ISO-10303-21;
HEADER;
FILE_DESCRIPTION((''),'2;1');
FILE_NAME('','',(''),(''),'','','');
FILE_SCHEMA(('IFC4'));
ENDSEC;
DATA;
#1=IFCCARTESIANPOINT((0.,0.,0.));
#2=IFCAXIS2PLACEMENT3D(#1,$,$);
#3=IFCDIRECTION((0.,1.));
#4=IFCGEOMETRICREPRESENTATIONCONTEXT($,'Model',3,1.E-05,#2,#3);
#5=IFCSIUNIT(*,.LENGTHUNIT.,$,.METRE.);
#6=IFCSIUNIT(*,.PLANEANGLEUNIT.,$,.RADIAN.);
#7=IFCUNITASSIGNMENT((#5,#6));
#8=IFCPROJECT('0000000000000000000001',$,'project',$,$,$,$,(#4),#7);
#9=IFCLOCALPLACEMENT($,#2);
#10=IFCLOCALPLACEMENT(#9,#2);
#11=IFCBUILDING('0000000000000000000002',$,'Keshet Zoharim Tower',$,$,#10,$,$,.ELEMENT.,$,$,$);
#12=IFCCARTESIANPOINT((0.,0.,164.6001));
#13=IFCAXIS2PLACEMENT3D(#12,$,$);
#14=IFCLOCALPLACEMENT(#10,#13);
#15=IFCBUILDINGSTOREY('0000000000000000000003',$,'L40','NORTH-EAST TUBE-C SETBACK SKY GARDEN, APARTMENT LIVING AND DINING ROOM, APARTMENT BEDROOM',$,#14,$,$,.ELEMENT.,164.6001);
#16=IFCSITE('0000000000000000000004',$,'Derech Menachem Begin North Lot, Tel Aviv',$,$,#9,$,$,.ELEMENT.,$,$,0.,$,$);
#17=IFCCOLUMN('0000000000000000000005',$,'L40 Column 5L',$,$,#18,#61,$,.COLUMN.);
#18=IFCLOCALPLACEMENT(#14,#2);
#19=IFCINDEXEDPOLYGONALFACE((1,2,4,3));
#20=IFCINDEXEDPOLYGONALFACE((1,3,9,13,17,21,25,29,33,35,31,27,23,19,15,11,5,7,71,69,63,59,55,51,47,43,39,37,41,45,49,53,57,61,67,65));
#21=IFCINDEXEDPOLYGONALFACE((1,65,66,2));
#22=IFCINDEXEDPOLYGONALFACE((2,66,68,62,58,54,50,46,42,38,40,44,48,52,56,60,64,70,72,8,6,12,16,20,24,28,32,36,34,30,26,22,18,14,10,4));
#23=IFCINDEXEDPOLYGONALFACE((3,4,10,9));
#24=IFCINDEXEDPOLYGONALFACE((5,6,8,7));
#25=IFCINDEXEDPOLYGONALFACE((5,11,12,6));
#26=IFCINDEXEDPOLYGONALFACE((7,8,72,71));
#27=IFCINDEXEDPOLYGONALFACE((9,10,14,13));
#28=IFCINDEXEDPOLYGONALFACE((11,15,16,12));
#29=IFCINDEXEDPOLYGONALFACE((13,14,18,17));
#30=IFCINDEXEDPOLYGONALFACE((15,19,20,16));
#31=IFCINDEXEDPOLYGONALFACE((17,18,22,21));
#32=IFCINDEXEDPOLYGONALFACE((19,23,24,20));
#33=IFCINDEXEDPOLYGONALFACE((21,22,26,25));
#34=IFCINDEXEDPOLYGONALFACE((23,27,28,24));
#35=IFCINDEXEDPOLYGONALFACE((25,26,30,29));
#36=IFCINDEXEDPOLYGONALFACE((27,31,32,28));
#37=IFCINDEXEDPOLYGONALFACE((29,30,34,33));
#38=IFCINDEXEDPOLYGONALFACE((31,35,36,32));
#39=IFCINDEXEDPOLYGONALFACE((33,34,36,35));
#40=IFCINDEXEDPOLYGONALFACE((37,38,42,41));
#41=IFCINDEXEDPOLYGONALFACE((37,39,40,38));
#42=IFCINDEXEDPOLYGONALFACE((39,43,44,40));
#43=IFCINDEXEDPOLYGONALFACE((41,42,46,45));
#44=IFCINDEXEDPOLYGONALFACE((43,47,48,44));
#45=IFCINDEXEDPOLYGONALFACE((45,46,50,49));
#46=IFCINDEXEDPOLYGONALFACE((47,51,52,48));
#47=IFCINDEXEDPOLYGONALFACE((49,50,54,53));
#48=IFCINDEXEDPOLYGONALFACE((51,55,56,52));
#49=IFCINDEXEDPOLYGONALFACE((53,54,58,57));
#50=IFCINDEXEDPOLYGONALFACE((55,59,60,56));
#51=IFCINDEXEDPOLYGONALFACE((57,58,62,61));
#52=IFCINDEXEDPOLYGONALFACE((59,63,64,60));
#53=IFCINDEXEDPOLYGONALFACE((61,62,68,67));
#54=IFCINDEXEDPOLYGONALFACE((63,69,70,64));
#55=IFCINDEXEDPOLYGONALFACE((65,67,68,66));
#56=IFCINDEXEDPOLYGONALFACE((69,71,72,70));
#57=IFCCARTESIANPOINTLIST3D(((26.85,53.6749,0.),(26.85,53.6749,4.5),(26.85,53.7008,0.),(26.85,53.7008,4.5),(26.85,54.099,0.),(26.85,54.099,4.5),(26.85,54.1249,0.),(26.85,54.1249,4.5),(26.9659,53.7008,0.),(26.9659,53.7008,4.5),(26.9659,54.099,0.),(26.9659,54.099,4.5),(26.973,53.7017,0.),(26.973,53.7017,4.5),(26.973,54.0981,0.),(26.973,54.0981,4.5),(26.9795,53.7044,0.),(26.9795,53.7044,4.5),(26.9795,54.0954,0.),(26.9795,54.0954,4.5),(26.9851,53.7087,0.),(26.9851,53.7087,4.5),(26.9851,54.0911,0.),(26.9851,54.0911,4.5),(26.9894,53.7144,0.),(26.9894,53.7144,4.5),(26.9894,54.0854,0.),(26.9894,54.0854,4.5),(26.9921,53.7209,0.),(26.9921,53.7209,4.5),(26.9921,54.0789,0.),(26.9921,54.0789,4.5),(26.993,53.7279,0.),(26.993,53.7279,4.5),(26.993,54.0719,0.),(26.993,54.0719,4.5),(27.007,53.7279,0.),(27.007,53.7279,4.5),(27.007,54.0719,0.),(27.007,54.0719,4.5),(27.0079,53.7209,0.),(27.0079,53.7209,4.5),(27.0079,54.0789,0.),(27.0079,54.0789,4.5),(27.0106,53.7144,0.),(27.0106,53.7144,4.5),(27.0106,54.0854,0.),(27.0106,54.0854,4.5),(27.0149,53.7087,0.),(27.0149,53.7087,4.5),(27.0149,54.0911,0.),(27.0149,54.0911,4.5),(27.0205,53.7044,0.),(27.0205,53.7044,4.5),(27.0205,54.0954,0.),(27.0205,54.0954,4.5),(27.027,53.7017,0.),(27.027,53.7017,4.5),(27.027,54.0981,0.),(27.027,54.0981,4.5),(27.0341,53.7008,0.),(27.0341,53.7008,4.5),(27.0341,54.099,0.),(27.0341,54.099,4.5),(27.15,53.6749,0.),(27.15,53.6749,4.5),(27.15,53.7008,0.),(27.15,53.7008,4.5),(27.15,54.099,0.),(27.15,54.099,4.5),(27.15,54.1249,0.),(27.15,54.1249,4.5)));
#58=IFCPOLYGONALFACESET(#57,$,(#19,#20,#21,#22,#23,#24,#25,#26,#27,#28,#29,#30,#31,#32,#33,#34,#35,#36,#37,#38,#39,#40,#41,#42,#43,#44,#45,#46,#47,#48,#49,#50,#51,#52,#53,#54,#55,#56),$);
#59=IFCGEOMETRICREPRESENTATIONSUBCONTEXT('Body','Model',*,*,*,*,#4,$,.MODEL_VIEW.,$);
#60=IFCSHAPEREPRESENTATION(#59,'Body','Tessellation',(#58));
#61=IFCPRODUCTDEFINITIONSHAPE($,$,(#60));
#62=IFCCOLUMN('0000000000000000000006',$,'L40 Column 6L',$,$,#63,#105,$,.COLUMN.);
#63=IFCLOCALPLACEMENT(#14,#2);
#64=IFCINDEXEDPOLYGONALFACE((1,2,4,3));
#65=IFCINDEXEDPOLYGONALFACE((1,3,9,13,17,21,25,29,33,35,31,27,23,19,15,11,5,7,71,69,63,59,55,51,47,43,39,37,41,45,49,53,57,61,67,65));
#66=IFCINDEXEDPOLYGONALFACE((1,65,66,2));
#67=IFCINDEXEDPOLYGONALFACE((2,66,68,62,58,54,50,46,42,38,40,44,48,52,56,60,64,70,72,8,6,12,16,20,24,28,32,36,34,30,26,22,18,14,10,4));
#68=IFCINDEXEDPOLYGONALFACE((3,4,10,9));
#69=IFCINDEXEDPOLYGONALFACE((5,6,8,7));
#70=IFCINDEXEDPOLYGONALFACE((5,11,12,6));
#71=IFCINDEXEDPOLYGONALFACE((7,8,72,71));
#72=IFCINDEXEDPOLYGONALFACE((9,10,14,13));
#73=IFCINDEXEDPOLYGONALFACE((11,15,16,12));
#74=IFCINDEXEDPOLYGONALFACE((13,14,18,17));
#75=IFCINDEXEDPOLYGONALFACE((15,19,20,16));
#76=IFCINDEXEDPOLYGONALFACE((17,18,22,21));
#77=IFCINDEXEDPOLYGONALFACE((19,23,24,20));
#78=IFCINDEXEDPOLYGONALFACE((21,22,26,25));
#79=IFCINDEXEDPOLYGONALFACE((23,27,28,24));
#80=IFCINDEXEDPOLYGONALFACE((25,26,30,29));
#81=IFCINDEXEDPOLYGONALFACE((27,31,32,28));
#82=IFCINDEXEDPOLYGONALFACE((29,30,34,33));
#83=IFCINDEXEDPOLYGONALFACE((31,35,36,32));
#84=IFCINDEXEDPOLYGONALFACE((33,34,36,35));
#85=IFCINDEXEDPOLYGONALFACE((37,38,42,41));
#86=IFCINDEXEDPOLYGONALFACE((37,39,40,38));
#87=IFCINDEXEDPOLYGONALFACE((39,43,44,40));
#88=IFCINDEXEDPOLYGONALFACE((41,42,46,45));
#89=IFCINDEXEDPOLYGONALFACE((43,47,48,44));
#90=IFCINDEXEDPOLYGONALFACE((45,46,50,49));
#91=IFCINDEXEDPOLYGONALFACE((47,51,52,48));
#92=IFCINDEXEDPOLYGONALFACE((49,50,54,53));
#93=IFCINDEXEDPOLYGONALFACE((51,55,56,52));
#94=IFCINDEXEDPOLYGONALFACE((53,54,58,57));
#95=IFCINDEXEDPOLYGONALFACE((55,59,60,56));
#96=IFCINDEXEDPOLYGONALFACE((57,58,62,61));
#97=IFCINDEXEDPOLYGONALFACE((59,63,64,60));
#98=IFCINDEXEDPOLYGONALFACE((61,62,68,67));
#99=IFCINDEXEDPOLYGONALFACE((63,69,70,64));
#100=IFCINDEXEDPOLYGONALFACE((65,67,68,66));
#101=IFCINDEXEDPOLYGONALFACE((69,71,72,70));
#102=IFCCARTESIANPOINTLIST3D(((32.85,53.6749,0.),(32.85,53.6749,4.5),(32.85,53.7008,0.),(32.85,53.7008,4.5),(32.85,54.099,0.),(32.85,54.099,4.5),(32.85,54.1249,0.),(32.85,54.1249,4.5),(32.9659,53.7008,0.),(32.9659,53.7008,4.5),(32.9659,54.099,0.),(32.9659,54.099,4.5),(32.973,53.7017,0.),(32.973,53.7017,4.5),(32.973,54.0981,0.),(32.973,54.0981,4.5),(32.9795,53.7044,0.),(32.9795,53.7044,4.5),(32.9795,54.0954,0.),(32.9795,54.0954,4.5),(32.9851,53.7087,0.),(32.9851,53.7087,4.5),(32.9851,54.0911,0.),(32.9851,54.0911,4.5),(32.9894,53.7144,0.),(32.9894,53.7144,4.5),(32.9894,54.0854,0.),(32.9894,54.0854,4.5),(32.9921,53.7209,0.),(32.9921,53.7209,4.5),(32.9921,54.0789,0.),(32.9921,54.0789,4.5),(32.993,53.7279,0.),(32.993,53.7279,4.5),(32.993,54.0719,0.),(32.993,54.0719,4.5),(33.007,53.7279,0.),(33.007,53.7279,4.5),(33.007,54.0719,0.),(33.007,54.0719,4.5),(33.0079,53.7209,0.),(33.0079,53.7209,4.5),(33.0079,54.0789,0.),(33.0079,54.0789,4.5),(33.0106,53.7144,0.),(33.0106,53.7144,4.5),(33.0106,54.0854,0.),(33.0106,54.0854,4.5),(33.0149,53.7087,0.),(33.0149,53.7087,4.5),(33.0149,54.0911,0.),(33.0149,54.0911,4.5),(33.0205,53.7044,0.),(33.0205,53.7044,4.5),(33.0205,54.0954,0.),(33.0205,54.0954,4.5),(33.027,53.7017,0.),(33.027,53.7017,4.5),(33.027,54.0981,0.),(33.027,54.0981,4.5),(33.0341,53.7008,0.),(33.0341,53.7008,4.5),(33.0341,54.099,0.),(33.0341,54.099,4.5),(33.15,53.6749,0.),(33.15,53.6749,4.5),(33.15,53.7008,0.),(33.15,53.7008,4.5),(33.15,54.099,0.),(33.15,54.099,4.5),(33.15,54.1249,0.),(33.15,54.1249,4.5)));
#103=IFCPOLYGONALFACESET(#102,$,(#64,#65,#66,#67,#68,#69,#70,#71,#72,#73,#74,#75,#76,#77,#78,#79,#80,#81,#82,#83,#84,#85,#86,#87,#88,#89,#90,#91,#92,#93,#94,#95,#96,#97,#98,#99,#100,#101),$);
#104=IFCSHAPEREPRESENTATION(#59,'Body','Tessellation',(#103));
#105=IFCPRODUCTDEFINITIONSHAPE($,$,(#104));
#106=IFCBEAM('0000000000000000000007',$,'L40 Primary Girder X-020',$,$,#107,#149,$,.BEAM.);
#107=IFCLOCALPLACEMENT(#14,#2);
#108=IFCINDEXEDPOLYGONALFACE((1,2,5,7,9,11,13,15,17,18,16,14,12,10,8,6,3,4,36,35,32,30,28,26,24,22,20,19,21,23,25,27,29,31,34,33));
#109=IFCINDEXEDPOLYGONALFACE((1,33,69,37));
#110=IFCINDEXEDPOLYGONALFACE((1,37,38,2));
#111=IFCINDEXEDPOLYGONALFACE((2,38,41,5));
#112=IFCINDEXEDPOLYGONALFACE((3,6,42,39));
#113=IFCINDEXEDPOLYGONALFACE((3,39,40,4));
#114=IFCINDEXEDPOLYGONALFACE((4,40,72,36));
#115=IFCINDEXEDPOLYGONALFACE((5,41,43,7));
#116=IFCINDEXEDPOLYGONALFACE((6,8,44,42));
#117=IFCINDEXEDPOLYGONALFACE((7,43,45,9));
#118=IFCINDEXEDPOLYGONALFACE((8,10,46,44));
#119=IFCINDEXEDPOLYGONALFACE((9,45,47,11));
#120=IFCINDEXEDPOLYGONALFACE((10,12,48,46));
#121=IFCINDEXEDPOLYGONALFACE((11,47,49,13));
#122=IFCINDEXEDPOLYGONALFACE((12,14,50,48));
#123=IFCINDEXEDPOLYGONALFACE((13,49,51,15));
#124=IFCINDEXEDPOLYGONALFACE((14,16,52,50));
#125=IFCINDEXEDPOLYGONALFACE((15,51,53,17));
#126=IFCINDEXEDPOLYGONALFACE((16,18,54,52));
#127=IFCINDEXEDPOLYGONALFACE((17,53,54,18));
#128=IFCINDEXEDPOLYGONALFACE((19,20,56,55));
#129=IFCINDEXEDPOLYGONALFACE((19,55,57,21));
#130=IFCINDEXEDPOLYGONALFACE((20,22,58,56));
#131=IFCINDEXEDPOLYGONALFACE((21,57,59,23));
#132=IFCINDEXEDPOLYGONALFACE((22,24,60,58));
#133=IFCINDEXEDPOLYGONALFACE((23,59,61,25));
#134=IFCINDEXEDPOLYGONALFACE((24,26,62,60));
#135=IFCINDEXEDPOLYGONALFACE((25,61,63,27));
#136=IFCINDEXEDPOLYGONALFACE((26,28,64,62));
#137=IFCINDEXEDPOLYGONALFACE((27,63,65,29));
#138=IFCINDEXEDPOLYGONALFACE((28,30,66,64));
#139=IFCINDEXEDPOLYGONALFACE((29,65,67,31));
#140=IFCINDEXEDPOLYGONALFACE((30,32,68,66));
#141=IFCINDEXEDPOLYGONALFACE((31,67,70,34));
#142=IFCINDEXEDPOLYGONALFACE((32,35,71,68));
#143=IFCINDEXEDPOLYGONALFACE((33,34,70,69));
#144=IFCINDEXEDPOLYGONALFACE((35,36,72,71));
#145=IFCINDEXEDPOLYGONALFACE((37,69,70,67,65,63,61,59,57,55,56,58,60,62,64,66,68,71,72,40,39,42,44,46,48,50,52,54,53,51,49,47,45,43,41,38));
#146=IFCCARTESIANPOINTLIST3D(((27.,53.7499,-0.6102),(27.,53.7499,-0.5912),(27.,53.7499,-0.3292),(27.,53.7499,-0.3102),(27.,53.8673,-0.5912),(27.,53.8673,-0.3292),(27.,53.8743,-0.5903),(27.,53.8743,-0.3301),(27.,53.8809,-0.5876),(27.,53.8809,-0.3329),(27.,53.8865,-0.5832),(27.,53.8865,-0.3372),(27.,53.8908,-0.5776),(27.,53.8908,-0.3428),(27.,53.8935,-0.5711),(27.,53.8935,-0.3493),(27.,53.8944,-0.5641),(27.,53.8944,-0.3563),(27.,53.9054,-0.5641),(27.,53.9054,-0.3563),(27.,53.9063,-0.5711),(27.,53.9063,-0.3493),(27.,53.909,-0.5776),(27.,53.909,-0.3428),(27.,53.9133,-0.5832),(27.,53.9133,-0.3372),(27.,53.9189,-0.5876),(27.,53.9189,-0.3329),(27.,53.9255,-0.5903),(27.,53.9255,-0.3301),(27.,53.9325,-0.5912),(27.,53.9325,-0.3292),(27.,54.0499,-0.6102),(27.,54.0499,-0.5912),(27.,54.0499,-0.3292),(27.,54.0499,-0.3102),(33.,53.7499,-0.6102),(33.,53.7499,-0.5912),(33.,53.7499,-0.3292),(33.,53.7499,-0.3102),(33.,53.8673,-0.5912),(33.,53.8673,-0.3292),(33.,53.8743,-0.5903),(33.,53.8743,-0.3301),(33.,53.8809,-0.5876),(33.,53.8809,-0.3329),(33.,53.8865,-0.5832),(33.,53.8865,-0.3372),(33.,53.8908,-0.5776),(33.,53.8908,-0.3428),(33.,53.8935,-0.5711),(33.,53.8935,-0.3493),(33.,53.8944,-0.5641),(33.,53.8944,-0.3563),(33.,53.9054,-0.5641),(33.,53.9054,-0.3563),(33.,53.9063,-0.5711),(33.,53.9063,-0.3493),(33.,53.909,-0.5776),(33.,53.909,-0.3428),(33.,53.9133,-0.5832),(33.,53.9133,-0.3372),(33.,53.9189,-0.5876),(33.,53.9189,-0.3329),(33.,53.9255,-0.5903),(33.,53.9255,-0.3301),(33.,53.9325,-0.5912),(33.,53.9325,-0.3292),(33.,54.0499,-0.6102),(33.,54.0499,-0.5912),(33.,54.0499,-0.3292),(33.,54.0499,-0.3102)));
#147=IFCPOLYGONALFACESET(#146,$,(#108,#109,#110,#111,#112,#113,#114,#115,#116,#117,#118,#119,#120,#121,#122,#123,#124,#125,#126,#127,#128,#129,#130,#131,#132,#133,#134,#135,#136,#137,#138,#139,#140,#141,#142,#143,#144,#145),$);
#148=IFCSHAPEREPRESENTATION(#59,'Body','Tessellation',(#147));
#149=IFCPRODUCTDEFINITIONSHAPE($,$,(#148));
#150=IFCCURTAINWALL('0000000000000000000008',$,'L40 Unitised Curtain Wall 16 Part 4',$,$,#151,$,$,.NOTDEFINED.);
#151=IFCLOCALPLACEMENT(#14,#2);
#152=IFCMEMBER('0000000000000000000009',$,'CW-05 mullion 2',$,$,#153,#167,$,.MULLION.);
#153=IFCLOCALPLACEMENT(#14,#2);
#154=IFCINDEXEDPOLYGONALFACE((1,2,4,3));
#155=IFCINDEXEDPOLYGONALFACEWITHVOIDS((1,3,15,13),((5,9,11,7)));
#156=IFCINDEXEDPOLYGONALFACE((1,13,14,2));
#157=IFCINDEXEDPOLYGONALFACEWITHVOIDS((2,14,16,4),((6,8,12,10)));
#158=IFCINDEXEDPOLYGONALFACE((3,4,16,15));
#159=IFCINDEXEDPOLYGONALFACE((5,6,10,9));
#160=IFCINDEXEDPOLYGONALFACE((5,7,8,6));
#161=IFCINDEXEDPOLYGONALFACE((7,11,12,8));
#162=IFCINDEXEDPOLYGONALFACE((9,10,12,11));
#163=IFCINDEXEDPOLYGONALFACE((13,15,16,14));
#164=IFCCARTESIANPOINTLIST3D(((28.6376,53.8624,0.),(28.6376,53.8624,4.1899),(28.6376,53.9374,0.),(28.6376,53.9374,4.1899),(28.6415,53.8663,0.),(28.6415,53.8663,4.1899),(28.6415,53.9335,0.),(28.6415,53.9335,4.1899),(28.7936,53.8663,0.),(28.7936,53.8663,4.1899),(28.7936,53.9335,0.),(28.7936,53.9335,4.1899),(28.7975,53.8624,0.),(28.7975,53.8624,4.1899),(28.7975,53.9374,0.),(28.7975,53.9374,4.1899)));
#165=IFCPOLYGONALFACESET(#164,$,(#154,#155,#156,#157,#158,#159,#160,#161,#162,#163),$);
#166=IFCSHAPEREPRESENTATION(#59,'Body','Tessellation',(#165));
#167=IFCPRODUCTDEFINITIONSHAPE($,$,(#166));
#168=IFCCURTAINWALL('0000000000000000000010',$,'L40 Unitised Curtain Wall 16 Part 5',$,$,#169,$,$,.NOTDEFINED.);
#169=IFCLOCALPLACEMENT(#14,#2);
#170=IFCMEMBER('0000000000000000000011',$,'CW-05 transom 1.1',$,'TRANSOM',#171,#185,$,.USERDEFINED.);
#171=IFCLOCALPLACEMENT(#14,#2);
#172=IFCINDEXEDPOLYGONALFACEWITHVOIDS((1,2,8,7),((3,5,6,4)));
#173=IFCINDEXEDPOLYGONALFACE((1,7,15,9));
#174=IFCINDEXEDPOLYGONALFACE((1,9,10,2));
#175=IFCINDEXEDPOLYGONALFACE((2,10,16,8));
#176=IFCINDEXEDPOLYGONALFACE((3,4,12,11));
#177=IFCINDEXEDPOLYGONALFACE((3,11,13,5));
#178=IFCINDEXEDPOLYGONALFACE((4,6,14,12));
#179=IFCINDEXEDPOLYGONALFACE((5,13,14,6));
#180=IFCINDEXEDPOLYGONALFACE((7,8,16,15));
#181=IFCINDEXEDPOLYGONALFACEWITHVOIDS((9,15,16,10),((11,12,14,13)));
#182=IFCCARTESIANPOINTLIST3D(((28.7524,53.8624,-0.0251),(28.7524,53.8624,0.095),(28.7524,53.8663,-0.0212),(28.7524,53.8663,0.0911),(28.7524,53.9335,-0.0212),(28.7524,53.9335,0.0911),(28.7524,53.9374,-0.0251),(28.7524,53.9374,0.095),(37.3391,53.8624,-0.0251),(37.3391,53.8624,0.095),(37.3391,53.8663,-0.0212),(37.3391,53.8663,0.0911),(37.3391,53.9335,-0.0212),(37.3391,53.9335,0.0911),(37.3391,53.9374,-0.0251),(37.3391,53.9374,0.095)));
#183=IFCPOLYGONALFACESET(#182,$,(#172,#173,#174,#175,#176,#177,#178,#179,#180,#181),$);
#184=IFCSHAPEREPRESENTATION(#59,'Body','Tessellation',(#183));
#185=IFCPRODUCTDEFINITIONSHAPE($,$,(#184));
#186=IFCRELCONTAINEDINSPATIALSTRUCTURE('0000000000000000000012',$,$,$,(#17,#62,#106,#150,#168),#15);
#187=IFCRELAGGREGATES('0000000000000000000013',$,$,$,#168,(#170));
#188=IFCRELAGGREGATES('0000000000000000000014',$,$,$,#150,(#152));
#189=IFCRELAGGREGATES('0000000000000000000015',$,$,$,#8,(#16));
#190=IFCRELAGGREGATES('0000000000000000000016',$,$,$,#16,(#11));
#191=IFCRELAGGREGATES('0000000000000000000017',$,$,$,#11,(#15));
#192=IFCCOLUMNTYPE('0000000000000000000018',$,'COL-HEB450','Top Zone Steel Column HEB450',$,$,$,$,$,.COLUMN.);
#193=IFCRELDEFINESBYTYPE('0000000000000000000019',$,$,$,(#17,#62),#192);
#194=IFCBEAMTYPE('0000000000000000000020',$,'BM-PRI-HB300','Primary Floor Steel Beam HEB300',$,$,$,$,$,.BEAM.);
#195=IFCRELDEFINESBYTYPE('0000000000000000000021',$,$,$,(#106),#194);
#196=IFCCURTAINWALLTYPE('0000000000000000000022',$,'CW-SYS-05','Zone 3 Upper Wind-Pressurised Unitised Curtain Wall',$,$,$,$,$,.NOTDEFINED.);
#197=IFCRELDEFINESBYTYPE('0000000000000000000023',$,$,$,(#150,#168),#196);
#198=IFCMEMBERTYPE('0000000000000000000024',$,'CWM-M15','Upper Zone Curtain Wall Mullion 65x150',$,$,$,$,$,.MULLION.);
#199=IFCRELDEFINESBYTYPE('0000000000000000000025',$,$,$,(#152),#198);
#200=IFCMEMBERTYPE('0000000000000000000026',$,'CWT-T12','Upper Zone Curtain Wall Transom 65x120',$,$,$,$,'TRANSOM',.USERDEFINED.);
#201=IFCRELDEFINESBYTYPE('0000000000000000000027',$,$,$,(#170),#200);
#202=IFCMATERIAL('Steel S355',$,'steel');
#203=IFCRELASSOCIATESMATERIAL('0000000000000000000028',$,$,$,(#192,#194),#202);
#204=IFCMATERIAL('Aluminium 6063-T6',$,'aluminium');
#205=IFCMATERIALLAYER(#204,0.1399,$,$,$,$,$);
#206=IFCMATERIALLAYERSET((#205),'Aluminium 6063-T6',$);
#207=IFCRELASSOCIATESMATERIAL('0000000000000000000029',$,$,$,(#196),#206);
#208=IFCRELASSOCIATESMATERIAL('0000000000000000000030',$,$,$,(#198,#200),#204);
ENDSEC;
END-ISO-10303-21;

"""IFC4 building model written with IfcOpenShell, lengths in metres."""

from ifc_helpers import new_model, si_unit, direction, frame, origin, origin_2d, place, context, subcontext, project, spatial, hollow_rectangle, i_section, extrude, material, layer, layer_set, material_profile, profile_set, type_object, element, aggregate, save


model = new_model("IFC4")

# Units and contexts
model_context = context("Model", 3, precision=1e-05, world=origin(), true_north=direction((0.0, 1.0)))
body_context = subcontext(model_context, "Body", "Model", "MODEL_VIEW")
ifc_project = project(units=[si_unit("LENGTHUNIT", "METRE"), si_unit("PLANEANGLEUNIT", "RADIAN")], contexts=[model_context])

# Site, building, storey
site_placement = place(None, origin())
site = spatial("IfcSite", under=ifc_project, at=site_placement, Name="Derech Menachem Begin North Lot, Tel Aviv", CompositionType="ELEMENT", RefElevation=0.0)
building_placement = place(site_placement, origin())
building = spatial("IfcBuilding", under=site, at=building_placement, Name="Keshet Zoharim Tower", CompositionType="ELEMENT")
storey_placement = place(building_placement, frame((0.0, 0.0, 164.6001)))
storey = spatial("IfcBuildingStorey", under=building, at=storey_placement, Name="L40", Description="NORTH-EAST TUBE-C SETBACK SKY GARDEN, APARTMENT LIVING AND DINING ROOM, APARTMENT BEDROOM", CompositionType="ELEMENT", Elevation=164.6001)

# Columns
ifc_material_1 = material(Name="Steel S355", Category="steel")
ifc_material_profile_1 = material_profile(ifc_material_1, i_section(OverallWidth=0.3, OverallDepth=0.45, WebThickness=0.0139, FlangeThickness=0.0259, FilletRadius=0.0271, at=origin_2d()), Name="HEB450")
ifc_profile_set_1 = profile_set([ifc_material_profile_1], Name="Steel S355")
column_type = type_object("IfcColumnType", Name="COL-HEB450", Description="Top Zone Steel Column HEB450", PredefinedType="COLUMN", material=ifc_profile_set_1)
for number, where, z_axis, x_axis, name in (
    (1, (27.0, 53.8999, 0.0), (0.0, 0.0, 1.0), (1.0, 0.0, 0.0), "L40 Column 5L"),
    (2, (33.0, 53.8999, 0.0), (0.0, 0.0, 1.0), (1.0, 0.0, 0.0), "L40 Column 6L"),
):
    element("IfcColumn", number, at=place(storey_placement, frame(where, z_axis=z_axis, x_axis=x_axis)), inside=storey, type_object=column_type, Name=name, PredefinedType="COLUMN", context=body_context, shape_type="SweptSolid", body=[
        extrude(i_section(OverallWidth=0.3, OverallDepth=0.45, WebThickness=0.0139, FlangeThickness=0.0259, FilletRadius=0.0271, at=origin_2d()), origin(), (0.0, 0.0, 1.0), 4.5),
    ])

# Beam
ifc_material_profile_2 = material_profile(ifc_material_1, i_section(OverallWidth=0.3, OverallDepth=0.3, WebThickness=0.011, FlangeThickness=0.019, FilletRadius=0.0271, at=origin_2d()), Name="HEB300")
ifc_profile_set_2 = profile_set([ifc_material_profile_2], Name="Steel S355")
beam_type = type_object("IfcBeamType", Name="BM-PRI-HB300", Description="Primary Floor Steel Beam HEB300", PredefinedType="BEAM", material=ifc_profile_set_2)
beam_placement = place(storey_placement, frame((27.0, 53.8999, -0.4602), z_axis=(1.0, 0.0, 0.0), x_axis=(0.0, 1.0, 0.0)))
element("IfcBeam", 3, at=beam_placement, inside=storey, type_object=beam_type, Name="L40 Primary Girder X-020", PredefinedType="BEAM", context=body_context, shape_type="SweptSolid", body=[
    extrude(i_section(OverallWidth=0.3, OverallDepth=0.3, WebThickness=0.011, FlangeThickness=0.019, FilletRadius=0.0271, at=origin_2d()), origin(), (0.0, 0.0, 1.0), 6.0),
])

# Curtain wall, member
ifc_material_2 = material(Name="Aluminium 6063-T6", Category="aluminium")
ifc_layer_1 = layer(ifc_material_2, 0.1399)
ifc_layer_set_1 = layer_set([ifc_layer_1], Name="Aluminium 6063-T6")
curtain_wall_type = type_object("IfcCurtainWallType", Name="CW-SYS-05", Description="Zone 3 Upper Wind-Pressurised Unitised Curtain Wall", PredefinedType="NOTDEFINED", material=ifc_layer_set_1)
curtain_wall_1_placement = place(storey_placement, origin())
curtain_wall_1 = element("IfcCurtainWall", 4, at=curtain_wall_1_placement, inside=storey, type_object=curtain_wall_type, Name="L40 Unitised Curtain Wall 16 Part 4", PredefinedType="NOTDEFINED")
ifc_material_profile_3 = material_profile(ifc_material_2, hollow_rectangle(XDim=0.075, YDim=0.1599, WallThickness=0.0039, at=origin_2d()), Name="MUL-75x160")
ifc_profile_set_3 = profile_set([ifc_material_profile_3], Name="Aluminium 6063-T6")
member_type_1 = type_object("IfcMemberType", Name="CWM-M15", Description="Upper Zone Curtain Wall Mullion 65x150", PredefinedType="MULLION", material=ifc_profile_set_3)
member_1_placement = place(storey_placement, frame((28.7175, 53.8999, 0.0), z_axis=(0.0, 0.0, 1.0), x_axis=(0.0, 1.0, 0.0)))
member_1 = element("IfcMember", 5, at=member_1_placement, type_object=member_type_1, Name="CW-05 mullion 2", PredefinedType="MULLION", context=body_context, shape_type="SweptSolid", body=[
    extrude(hollow_rectangle(XDim=0.075, YDim=0.1599, WallThickness=0.0039, at=origin_2d()), origin(), (0.0, 0.0, 1.0), 4.1899),
])

# Curtain wall, member
curtain_wall_2_placement = place(storey_placement, origin())
curtain_wall_2 = element("IfcCurtainWall", 6, at=curtain_wall_2_placement, inside=storey, type_object=curtain_wall_type, Name="L40 Unitised Curtain Wall 16 Part 5", PredefinedType="NOTDEFINED")
ifc_material_profile_4 = material_profile(ifc_material_2, hollow_rectangle(XDim=0.075, YDim=0.1201, WallThickness=0.0039, at=origin_2d()), Name="TRN-75x120")
ifc_profile_set_4 = profile_set([ifc_material_profile_4], Name="Aluminium 6063-T6")
member_type_2 = type_object("IfcMemberType", Name="CWT-T12", Description="Upper Zone Curtain Wall Transom 65x120", ElementType="TRANSOM", PredefinedType="USERDEFINED", material=ifc_profile_set_4)
member_2_placement = place(storey_placement, frame((28.7524, 53.8999, 0.0349), z_axis=(1.0, 0.0, 0.0), x_axis=(0.0, 1.0, 0.0)))
member_2 = element("IfcMember", 7, at=member_2_placement, type_object=member_type_2, Name="CW-05 transom 1.1", ObjectType="TRANSOM", PredefinedType="USERDEFINED", context=body_context, shape_type="SweptSolid", body=[
    extrude(hollow_rectangle(XDim=0.075, YDim=0.1201, WallThickness=0.0039, at=origin_2d()), origin(), (0.0, 0.0, 1.0), 8.5867),
])

aggregate(curtain_wall_2, [member_2])
aggregate(curtain_wall_1, [member_1])

save(model, "model.ifc")
